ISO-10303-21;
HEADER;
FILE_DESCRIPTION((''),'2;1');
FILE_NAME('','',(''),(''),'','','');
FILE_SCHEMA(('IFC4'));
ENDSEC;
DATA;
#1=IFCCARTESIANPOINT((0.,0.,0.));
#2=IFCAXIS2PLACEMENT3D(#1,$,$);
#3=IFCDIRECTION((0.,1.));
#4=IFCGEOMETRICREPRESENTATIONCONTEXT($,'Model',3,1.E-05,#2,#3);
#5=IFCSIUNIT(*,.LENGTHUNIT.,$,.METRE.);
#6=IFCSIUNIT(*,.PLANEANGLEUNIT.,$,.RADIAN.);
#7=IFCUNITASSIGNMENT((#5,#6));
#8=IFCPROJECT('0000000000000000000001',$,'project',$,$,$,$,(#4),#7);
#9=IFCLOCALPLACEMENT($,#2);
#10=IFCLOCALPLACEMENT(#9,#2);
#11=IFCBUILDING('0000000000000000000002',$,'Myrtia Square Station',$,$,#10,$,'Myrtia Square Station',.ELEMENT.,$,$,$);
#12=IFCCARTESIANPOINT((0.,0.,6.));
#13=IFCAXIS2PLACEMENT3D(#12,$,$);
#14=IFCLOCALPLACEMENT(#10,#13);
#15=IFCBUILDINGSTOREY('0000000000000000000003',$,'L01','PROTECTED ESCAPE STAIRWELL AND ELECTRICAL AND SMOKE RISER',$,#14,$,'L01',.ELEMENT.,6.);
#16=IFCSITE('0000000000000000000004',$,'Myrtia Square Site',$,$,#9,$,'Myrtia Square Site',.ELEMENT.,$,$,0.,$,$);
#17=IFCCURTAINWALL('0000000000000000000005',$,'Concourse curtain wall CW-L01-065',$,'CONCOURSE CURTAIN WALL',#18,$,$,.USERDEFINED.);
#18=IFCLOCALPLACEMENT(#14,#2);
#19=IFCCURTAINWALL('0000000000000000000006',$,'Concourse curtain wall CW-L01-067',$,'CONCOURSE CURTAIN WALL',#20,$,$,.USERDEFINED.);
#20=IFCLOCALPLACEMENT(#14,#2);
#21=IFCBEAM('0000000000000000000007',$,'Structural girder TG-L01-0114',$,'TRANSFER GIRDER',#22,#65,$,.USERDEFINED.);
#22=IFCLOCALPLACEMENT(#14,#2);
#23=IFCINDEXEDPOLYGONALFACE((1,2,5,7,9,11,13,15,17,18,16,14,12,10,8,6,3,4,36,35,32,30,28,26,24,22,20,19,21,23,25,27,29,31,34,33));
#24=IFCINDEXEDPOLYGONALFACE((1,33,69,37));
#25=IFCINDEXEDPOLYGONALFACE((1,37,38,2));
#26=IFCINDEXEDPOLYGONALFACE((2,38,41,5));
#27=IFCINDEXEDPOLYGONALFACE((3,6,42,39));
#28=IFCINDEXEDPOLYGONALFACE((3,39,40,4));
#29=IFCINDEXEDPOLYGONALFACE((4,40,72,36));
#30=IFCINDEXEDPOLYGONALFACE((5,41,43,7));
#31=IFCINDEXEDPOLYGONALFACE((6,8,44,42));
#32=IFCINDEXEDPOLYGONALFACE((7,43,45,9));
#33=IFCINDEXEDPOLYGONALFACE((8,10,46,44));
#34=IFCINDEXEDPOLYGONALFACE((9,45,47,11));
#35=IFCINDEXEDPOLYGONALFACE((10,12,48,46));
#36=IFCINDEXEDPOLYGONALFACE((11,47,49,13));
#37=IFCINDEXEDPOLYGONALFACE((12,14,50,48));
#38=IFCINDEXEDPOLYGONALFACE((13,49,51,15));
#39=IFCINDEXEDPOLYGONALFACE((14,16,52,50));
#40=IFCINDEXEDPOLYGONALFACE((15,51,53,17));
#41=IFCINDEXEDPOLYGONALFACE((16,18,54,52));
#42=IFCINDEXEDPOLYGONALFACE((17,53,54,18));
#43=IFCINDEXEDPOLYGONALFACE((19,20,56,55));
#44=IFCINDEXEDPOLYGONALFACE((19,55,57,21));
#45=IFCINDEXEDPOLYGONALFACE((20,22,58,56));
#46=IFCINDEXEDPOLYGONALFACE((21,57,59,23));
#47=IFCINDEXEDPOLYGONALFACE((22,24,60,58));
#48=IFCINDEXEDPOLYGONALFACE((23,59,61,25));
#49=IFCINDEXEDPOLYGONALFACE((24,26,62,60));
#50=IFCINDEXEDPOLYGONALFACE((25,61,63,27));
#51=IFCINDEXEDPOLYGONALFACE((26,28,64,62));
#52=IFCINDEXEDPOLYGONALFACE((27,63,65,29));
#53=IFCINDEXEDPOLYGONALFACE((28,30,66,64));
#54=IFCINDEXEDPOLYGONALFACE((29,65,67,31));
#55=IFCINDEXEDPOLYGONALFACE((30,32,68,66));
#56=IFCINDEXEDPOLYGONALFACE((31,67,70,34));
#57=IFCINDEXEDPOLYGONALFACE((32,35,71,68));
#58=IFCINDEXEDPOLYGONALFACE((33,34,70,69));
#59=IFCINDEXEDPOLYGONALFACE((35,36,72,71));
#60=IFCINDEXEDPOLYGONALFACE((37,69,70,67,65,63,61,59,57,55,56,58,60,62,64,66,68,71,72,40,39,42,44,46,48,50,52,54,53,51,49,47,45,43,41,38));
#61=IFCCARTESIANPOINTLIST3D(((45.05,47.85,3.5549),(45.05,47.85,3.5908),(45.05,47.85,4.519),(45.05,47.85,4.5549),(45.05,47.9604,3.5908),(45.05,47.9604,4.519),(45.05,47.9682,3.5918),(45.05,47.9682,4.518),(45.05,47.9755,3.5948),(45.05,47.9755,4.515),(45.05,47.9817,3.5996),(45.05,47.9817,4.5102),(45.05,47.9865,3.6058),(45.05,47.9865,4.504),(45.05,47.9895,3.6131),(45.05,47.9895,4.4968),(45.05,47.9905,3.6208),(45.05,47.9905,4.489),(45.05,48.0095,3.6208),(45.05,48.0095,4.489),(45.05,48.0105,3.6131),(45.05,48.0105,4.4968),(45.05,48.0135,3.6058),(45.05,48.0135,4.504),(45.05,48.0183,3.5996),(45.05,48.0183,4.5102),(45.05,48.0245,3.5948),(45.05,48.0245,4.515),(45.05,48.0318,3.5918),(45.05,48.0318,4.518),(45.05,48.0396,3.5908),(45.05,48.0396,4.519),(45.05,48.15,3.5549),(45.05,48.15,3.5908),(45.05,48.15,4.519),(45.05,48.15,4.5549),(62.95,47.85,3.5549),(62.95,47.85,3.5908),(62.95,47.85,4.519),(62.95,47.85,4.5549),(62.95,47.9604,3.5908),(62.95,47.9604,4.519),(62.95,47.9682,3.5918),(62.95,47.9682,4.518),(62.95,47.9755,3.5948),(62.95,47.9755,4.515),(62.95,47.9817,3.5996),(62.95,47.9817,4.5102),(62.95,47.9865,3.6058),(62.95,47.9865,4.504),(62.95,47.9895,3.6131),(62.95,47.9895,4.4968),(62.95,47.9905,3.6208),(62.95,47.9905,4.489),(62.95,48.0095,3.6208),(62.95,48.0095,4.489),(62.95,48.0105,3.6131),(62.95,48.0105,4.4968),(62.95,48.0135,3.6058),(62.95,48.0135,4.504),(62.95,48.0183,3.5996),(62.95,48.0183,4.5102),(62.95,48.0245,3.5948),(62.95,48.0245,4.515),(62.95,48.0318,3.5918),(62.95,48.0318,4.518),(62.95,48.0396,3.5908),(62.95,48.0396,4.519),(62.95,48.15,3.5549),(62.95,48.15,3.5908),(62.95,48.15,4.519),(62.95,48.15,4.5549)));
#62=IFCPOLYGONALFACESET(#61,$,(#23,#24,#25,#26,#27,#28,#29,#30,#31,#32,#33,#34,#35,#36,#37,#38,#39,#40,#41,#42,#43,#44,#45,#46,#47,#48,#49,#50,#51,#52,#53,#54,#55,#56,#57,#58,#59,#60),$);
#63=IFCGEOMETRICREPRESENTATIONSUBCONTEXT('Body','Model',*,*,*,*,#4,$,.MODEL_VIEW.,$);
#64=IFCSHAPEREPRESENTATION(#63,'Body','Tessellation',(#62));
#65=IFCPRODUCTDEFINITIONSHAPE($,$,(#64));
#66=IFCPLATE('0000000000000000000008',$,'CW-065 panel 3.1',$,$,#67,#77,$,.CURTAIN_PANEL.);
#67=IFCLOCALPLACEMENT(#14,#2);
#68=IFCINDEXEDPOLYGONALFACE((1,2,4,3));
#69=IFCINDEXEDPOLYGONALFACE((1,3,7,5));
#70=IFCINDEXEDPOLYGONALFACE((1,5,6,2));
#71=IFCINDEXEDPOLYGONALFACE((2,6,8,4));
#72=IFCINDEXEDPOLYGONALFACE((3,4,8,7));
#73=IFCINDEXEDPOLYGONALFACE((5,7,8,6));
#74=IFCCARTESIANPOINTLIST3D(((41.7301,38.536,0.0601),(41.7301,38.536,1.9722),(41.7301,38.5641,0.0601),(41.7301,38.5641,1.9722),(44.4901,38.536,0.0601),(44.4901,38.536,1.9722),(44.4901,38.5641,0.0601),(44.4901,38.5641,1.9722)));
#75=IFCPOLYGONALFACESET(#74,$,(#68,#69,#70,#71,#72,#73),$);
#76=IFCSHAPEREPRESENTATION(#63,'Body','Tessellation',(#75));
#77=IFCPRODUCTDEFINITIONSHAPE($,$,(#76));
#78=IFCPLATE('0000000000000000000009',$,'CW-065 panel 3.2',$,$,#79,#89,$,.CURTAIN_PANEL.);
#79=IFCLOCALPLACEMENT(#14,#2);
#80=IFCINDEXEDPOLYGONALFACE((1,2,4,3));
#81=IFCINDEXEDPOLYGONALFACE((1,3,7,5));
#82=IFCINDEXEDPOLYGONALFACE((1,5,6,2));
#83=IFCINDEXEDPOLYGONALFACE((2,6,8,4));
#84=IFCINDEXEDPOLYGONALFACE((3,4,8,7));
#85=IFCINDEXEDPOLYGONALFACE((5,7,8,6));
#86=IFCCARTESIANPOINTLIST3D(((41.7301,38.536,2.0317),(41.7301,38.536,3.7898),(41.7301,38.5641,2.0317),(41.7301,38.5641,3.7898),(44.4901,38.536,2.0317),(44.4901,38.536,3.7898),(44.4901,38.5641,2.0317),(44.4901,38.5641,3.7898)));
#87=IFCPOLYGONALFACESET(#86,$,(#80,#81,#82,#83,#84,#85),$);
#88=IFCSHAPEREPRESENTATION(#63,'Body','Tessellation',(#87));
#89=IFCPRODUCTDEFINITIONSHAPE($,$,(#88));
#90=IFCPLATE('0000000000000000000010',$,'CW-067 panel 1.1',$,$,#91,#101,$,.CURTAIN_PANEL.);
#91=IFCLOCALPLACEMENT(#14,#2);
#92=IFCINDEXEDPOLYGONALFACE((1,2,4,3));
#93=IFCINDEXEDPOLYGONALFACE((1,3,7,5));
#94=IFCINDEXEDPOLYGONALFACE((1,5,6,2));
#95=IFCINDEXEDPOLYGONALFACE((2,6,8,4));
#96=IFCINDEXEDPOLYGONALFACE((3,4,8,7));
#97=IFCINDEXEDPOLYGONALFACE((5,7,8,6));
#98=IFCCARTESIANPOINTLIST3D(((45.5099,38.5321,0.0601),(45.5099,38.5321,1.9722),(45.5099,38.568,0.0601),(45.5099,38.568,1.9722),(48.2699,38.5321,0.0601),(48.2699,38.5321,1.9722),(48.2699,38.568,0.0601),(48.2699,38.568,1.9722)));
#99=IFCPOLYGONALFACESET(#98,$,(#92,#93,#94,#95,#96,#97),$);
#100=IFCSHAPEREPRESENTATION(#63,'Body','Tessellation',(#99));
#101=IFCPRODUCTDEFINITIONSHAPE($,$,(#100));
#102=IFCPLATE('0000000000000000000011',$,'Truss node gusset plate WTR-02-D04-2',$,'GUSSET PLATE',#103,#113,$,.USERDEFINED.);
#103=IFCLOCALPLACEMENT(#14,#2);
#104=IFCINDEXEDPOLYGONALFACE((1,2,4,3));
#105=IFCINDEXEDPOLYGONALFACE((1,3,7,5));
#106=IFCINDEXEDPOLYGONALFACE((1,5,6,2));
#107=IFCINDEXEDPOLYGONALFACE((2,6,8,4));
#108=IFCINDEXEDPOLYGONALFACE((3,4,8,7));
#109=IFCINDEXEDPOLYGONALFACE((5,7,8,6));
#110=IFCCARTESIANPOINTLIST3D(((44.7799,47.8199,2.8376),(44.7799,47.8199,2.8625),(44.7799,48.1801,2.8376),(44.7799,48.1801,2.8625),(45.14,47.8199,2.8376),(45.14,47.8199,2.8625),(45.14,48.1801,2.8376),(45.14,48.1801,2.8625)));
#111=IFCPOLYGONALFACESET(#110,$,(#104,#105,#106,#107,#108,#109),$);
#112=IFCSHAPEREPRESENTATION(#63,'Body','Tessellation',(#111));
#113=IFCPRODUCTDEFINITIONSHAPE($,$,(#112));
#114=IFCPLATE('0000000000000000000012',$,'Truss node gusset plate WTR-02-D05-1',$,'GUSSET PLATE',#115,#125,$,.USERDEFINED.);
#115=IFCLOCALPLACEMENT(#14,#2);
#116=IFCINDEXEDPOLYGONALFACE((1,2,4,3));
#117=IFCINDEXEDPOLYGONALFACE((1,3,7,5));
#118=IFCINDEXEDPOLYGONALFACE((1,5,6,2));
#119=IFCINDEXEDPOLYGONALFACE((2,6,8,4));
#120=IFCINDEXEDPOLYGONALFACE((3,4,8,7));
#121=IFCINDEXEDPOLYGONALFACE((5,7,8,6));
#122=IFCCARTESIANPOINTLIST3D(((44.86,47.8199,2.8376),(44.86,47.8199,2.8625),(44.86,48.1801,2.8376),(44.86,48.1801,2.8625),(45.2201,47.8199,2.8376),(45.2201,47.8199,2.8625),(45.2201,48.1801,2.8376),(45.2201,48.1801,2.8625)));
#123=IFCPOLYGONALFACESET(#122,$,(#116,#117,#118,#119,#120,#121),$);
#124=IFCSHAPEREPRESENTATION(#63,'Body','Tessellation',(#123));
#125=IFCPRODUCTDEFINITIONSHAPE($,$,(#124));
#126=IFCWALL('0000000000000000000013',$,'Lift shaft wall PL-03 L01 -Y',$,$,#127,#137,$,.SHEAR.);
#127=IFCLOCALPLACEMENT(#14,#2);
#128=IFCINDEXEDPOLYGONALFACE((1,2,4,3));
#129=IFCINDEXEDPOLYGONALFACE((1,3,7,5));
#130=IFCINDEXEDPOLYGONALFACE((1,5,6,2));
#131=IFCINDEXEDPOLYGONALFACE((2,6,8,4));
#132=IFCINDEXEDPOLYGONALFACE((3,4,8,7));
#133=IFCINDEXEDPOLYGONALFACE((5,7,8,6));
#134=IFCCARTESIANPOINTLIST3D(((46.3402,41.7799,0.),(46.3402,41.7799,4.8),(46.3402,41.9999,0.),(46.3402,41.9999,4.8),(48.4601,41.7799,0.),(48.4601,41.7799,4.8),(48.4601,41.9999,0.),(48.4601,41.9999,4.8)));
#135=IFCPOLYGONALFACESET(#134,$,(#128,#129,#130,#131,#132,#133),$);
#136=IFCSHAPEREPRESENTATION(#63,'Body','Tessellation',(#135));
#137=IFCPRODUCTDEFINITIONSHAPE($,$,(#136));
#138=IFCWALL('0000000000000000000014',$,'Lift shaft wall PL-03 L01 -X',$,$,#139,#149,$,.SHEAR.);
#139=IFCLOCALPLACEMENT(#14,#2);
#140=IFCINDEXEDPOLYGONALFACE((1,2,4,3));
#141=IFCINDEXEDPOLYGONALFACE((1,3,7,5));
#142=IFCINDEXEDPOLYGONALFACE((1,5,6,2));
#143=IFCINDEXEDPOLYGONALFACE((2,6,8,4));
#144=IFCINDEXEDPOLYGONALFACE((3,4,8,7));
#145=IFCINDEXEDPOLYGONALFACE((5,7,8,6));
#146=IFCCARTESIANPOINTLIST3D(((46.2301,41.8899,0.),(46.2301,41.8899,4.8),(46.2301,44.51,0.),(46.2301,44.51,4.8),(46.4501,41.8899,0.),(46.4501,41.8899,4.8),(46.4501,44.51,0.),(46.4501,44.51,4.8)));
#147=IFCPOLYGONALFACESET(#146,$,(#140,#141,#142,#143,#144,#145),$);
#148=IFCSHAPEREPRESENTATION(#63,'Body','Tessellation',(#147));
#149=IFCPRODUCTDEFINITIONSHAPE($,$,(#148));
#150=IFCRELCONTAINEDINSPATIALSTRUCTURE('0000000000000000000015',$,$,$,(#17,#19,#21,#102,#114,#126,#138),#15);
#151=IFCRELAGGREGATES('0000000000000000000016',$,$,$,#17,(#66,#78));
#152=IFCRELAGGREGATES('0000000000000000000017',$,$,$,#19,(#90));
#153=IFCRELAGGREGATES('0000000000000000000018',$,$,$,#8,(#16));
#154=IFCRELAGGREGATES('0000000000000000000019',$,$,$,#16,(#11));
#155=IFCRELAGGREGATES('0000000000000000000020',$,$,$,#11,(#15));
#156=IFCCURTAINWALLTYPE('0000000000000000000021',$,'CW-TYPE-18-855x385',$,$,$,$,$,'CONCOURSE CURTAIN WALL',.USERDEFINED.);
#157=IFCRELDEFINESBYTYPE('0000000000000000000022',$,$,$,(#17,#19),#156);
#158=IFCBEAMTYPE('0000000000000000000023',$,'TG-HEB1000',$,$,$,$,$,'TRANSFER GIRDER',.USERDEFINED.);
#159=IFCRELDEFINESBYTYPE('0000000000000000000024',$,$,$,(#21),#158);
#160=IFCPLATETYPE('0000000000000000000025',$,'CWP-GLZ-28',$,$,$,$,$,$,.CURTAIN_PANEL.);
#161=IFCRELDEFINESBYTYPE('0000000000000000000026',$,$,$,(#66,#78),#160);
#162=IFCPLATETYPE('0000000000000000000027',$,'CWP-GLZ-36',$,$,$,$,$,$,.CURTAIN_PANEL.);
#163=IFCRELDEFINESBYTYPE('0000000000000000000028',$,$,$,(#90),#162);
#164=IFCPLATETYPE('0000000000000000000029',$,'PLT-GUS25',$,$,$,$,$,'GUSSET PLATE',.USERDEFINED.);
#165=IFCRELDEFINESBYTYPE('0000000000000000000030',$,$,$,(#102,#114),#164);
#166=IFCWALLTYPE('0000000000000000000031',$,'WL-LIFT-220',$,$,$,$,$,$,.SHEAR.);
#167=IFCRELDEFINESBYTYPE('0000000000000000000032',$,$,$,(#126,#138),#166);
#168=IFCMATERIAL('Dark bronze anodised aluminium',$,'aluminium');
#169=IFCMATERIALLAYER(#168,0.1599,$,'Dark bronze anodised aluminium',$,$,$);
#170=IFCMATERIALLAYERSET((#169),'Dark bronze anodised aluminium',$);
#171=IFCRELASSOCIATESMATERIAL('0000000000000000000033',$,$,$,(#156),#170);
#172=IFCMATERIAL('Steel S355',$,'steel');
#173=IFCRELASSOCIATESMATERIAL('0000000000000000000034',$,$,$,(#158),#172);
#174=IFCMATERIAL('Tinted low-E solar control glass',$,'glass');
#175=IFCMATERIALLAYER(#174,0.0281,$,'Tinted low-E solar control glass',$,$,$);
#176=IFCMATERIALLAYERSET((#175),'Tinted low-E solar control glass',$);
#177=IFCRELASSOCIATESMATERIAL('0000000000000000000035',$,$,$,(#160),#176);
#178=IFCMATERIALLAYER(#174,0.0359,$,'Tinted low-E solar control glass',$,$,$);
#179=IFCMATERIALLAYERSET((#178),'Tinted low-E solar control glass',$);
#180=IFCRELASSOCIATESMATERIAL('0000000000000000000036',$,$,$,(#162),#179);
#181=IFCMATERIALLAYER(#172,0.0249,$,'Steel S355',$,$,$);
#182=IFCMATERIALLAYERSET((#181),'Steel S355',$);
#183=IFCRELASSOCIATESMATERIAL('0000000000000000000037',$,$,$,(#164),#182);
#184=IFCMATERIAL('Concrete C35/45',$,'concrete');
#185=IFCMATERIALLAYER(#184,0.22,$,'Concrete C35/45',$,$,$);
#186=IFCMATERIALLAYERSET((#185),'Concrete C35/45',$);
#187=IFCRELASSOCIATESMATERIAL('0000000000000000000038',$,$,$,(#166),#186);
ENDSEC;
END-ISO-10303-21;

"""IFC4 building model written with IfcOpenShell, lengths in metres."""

from ifc_helpers import new_model, si_unit, direction, frame, frame_2d, origin, origin_2d, place, context, subcontext, project, spatial, rectangle, i_section, extrude, material, layer, layer_set, material_profile, profile_set, type_object, element, aggregate, save


model = new_model("IFC4")

# Units and contexts
model_context = context("Model", 3, precision=1e-05, world=origin(), true_north=direction((0.0, 1.0)))
body_context = subcontext(model_context, "Body", "Model", "MODEL_VIEW")
ifc_project = project(units=[si_unit("LENGTHUNIT", "METRE"), si_unit("PLANEANGLEUNIT", "RADIAN")], contexts=[model_context])

# Site, building, storey
site_placement = place(None, origin())
site = spatial("IfcSite", under=ifc_project, at=site_placement, Name="Myrtia Square Site", LongName="Myrtia Square Site", CompositionType="ELEMENT", RefElevation=0.0)
building_placement = place(site_placement, origin())
building = spatial("IfcBuilding", under=site, at=building_placement, Name="Myrtia Square Station", LongName="Myrtia Square Station", CompositionType="ELEMENT")
storey_placement = place(building_placement, frame((0.0, 0.0, 6.0)))
storey = spatial("IfcBuildingStorey", under=building, at=storey_placement, Name="L01", Description="PROTECTED ESCAPE STAIRWELL AND ELECTRICAL AND SMOKE RISER", LongName="L01", CompositionType="ELEMENT", Elevation=6.0)

# Shared definitions
ifc_material_1 = material(Name="Steel S355", Category="steel")

# Curtain walls
ifc_material_2 = material(Name="Dark bronze anodised aluminium", Category="aluminium")
ifc_layer_1 = layer(ifc_material_2, 0.1599, Name="Dark bronze anodised aluminium")
ifc_layer_set_1 = layer_set([ifc_layer_1], Name="Dark bronze anodised aluminium")
curtain_wall_type = type_object("IfcCurtainWallType", Name="CW-TYPE-18-855x385", ElementType="CONCOURSE CURTAIN WALL", PredefinedType="USERDEFINED", material=ifc_layer_set_1)
curtain_wall_1_placement = place(storey_placement, origin())
curtain_wall_1 = element("IfcCurtainWall", 1, at=curtain_wall_1_placement, inside=storey, type_object=curtain_wall_type, Name="Concourse curtain wall CW-L01-065", ObjectType="CONCOURSE CURTAIN WALL", PredefinedType="USERDEFINED")
curtain_wall_2_placement = place(storey_placement, origin())
curtain_wall_2 = element("IfcCurtainWall", 2, at=curtain_wall_2_placement, inside=storey, type_object=curtain_wall_type, Name="Concourse curtain wall CW-L01-067", ObjectType="CONCOURSE CURTAIN WALL", PredefinedType="USERDEFINED")

# Beam
ifc_material_profile_1 = material_profile(ifc_material_1, i_section(OverallWidth=0.3, OverallDepth=1.0, WebThickness=0.019, FlangeThickness=0.0359, FilletRadius=0.03, at=origin_2d()), Name="HEB 1000")
ifc_profile_set_1 = profile_set([ifc_material_profile_1], Name="Steel S355")
beam_type_1 = type_object("IfcBeamType", Name="TG-HEB1000", ElementType="TRANSFER GIRDER", PredefinedType="USERDEFINED", material=ifc_profile_set_1)
beam_1_placement = place(storey_placement, frame((45.05, 48.0, 4.0549), z_axis=(1.0, 0.0, 0.0), x_axis=(0.0, 1.0, 0.0)))
element("IfcBeam", 3, at=beam_1_placement, inside=storey, type_object=beam_type_1, Name="Structural girder TG-L01-0114", ObjectType="TRANSFER GIRDER", PredefinedType="USERDEFINED", context=body_context, shape_type="SweptSolid", body=[
    extrude(i_section(OverallWidth=0.3, OverallDepth=1.0, WebThickness=0.019, FlangeThickness=0.0359, FilletRadius=0.03, at=origin_2d()), origin(), (0.0, 0.0, 1.0), 17.8999),
])

# Plates
ifc_material_3 = material(Name="Tinted low-E solar control glass", Category="glass")
ifc_layer_2 = layer(ifc_material_3, 0.0281, Name="Tinted low-E solar control glass")
ifc_layer_set_2 = layer_set([ifc_layer_2], Name="Tinted low-E solar control glass")
plate_type_1 = type_object("IfcPlateType", Name="CWP-GLZ-28", PredefinedType="CURTAIN_PANEL", material=ifc_layer_set_2)
plate_1_placement = place(storey_placement, frame((43.1101, 38.55, 0.0601), z_axis=(0.0, 0.0, 1.0), x_axis=(1.0, 0.0, 0.0)))
plate_1 = element("IfcPlate", 4, at=plate_1_placement, type_object=plate_type_1, Name="CW-065 panel 3.1", PredefinedType="CURTAIN_PANEL", context=body_context, shape_type="SweptSolid", body=[
    extrude(rectangle(XDim=2.76, YDim=0.0281, at=origin_2d()), origin(), (0.0, 0.0, 1.0), 1.9121),
])
plate_2_placement = place(storey_placement, frame((43.1101, 38.55, 2.0317), z_axis=(0.0, 0.0, 1.0), x_axis=(1.0, 0.0, 0.0)))
plate_2 = element("IfcPlate", 5, at=plate_2_placement, type_object=plate_type_1, Name="CW-065 panel 3.2", PredefinedType="CURTAIN_PANEL", context=body_context, shape_type="SweptSolid", body=[
    extrude(rectangle(XDim=2.76, YDim=0.0281, at=origin_2d()), origin(), (0.0, 0.0, 1.0), 1.7581),
])
aggregate(curtain_wall_1, [plate_1, plate_2])
ifc_layer_3 = layer(ifc_material_3, 0.0359, Name="Tinted low-E solar control glass")
ifc_layer_set_3 = layer_set([ifc_layer_3], Name="Tinted low-E solar control glass")
plate_type_2 = type_object("IfcPlateType", Name="CWP-GLZ-36", PredefinedType="CURTAIN_PANEL", material=ifc_layer_set_3)
plate_3_placement = place(storey_placement, frame((46.8899, 38.55, 0.0601), z_axis=(0.0, 0.0, 1.0), x_axis=(1.0, 0.0, 0.0)))
plate_3 = element("IfcPlate", 6, at=plate_3_placement, type_object=plate_type_2, Name="CW-067 panel 1.1", PredefinedType="CURTAIN_PANEL", context=body_context, shape_type="SweptSolid", body=[
    extrude(rectangle(XDim=2.76, YDim=0.0359, at=origin_2d()), origin(), (0.0, 0.0, 1.0), 1.9121),
])
aggregate(curtain_wall_2, [plate_3])

# Plates
ifc_layer_4 = layer(ifc_material_1, 0.0249, Name="Steel S355")
ifc_layer_set_4 = layer_set([ifc_layer_4], Name="Steel S355")
plate_type_3 = type_object("IfcPlateType", Name="PLT-GUS25", ElementType="GUSSET PLATE", PredefinedType="USERDEFINED", material=ifc_layer_set_4)
for number, where, z_axis, x_axis, name in (
    (7, (44.96, 48.0, 2.8376), (0.0, 0.0, 1.0), (1.0, 0.0, 0.0), "Truss node gusset plate WTR-02-D04-2"),
    (8, (45.04, 48.0, 2.8376), (0.0, 0.0, 1.0), (1.0, 0.0, 0.0), "Truss node gusset plate WTR-02-D05-1"),
):
    element("IfcPlate", number, at=place(storey_placement, frame(where, z_axis=z_axis, x_axis=x_axis)), inside=storey, type_object=plate_type_3, Name=name, ObjectType="GUSSET PLATE", PredefinedType="USERDEFINED", context=body_context, shape_type="SweptSolid", body=[
        extrude(rectangle(XDim=0.3601, YDim=0.3601, at=origin_2d()), origin(), (0.0, 0.0, 1.0), 0.0249),
    ])

# Wall
ifc_material_4 = material(Name="Concrete C35/45", Category="concrete")
ifc_layer_5 = layer(ifc_material_4, 0.22, Name="Concrete C35/45")
ifc_layer_set_5 = layer_set([ifc_layer_5], Name="Concrete C35/45")
wall_type = type_object("IfcWallType", Name="WL-LIFT-220", PredefinedType="SHEAR", material=ifc_layer_set_5)
wall_1_placement = place(storey_placement, frame((46.3401, 41.8899, 0.0), z_axis=(0.0, 0.0, 1.0), x_axis=(1.0, 0.0, 0.0)))
element("IfcWall", 9, at=wall_1_placement, inside=storey, type_object=wall_type, Name="Lift shaft wall PL-03 L01 -Y", PredefinedType="SHEAR", context=body_context, shape_type="SweptSolid", body=[
    extrude(rectangle(XDim=2.1199, YDim=0.22, at=frame_2d((1.0601, 0.0))), origin(), (0.0, 0.0, 1.0), 4.8),
])

# Wall
wall_2_placement = place(storey_placement, frame((46.3401, 41.8899, 0.0), z_axis=(0.0, 0.0, 1.0), x_axis=(0.0, 1.0, 0.0)))
element("IfcWall", 10, at=wall_2_placement, inside=storey, type_object=wall_type, Name="Lift shaft wall PL-03 L01 -X", PredefinedType="SHEAR", context=body_context, shape_type="SweptSolid", body=[
    extrude(rectangle(XDim=2.6201, YDim=0.22, at=frame_2d((1.3101, 0.0))), origin(), (0.0, 0.0, 1.0), 4.8),
])

save(model, "model.ifc")
